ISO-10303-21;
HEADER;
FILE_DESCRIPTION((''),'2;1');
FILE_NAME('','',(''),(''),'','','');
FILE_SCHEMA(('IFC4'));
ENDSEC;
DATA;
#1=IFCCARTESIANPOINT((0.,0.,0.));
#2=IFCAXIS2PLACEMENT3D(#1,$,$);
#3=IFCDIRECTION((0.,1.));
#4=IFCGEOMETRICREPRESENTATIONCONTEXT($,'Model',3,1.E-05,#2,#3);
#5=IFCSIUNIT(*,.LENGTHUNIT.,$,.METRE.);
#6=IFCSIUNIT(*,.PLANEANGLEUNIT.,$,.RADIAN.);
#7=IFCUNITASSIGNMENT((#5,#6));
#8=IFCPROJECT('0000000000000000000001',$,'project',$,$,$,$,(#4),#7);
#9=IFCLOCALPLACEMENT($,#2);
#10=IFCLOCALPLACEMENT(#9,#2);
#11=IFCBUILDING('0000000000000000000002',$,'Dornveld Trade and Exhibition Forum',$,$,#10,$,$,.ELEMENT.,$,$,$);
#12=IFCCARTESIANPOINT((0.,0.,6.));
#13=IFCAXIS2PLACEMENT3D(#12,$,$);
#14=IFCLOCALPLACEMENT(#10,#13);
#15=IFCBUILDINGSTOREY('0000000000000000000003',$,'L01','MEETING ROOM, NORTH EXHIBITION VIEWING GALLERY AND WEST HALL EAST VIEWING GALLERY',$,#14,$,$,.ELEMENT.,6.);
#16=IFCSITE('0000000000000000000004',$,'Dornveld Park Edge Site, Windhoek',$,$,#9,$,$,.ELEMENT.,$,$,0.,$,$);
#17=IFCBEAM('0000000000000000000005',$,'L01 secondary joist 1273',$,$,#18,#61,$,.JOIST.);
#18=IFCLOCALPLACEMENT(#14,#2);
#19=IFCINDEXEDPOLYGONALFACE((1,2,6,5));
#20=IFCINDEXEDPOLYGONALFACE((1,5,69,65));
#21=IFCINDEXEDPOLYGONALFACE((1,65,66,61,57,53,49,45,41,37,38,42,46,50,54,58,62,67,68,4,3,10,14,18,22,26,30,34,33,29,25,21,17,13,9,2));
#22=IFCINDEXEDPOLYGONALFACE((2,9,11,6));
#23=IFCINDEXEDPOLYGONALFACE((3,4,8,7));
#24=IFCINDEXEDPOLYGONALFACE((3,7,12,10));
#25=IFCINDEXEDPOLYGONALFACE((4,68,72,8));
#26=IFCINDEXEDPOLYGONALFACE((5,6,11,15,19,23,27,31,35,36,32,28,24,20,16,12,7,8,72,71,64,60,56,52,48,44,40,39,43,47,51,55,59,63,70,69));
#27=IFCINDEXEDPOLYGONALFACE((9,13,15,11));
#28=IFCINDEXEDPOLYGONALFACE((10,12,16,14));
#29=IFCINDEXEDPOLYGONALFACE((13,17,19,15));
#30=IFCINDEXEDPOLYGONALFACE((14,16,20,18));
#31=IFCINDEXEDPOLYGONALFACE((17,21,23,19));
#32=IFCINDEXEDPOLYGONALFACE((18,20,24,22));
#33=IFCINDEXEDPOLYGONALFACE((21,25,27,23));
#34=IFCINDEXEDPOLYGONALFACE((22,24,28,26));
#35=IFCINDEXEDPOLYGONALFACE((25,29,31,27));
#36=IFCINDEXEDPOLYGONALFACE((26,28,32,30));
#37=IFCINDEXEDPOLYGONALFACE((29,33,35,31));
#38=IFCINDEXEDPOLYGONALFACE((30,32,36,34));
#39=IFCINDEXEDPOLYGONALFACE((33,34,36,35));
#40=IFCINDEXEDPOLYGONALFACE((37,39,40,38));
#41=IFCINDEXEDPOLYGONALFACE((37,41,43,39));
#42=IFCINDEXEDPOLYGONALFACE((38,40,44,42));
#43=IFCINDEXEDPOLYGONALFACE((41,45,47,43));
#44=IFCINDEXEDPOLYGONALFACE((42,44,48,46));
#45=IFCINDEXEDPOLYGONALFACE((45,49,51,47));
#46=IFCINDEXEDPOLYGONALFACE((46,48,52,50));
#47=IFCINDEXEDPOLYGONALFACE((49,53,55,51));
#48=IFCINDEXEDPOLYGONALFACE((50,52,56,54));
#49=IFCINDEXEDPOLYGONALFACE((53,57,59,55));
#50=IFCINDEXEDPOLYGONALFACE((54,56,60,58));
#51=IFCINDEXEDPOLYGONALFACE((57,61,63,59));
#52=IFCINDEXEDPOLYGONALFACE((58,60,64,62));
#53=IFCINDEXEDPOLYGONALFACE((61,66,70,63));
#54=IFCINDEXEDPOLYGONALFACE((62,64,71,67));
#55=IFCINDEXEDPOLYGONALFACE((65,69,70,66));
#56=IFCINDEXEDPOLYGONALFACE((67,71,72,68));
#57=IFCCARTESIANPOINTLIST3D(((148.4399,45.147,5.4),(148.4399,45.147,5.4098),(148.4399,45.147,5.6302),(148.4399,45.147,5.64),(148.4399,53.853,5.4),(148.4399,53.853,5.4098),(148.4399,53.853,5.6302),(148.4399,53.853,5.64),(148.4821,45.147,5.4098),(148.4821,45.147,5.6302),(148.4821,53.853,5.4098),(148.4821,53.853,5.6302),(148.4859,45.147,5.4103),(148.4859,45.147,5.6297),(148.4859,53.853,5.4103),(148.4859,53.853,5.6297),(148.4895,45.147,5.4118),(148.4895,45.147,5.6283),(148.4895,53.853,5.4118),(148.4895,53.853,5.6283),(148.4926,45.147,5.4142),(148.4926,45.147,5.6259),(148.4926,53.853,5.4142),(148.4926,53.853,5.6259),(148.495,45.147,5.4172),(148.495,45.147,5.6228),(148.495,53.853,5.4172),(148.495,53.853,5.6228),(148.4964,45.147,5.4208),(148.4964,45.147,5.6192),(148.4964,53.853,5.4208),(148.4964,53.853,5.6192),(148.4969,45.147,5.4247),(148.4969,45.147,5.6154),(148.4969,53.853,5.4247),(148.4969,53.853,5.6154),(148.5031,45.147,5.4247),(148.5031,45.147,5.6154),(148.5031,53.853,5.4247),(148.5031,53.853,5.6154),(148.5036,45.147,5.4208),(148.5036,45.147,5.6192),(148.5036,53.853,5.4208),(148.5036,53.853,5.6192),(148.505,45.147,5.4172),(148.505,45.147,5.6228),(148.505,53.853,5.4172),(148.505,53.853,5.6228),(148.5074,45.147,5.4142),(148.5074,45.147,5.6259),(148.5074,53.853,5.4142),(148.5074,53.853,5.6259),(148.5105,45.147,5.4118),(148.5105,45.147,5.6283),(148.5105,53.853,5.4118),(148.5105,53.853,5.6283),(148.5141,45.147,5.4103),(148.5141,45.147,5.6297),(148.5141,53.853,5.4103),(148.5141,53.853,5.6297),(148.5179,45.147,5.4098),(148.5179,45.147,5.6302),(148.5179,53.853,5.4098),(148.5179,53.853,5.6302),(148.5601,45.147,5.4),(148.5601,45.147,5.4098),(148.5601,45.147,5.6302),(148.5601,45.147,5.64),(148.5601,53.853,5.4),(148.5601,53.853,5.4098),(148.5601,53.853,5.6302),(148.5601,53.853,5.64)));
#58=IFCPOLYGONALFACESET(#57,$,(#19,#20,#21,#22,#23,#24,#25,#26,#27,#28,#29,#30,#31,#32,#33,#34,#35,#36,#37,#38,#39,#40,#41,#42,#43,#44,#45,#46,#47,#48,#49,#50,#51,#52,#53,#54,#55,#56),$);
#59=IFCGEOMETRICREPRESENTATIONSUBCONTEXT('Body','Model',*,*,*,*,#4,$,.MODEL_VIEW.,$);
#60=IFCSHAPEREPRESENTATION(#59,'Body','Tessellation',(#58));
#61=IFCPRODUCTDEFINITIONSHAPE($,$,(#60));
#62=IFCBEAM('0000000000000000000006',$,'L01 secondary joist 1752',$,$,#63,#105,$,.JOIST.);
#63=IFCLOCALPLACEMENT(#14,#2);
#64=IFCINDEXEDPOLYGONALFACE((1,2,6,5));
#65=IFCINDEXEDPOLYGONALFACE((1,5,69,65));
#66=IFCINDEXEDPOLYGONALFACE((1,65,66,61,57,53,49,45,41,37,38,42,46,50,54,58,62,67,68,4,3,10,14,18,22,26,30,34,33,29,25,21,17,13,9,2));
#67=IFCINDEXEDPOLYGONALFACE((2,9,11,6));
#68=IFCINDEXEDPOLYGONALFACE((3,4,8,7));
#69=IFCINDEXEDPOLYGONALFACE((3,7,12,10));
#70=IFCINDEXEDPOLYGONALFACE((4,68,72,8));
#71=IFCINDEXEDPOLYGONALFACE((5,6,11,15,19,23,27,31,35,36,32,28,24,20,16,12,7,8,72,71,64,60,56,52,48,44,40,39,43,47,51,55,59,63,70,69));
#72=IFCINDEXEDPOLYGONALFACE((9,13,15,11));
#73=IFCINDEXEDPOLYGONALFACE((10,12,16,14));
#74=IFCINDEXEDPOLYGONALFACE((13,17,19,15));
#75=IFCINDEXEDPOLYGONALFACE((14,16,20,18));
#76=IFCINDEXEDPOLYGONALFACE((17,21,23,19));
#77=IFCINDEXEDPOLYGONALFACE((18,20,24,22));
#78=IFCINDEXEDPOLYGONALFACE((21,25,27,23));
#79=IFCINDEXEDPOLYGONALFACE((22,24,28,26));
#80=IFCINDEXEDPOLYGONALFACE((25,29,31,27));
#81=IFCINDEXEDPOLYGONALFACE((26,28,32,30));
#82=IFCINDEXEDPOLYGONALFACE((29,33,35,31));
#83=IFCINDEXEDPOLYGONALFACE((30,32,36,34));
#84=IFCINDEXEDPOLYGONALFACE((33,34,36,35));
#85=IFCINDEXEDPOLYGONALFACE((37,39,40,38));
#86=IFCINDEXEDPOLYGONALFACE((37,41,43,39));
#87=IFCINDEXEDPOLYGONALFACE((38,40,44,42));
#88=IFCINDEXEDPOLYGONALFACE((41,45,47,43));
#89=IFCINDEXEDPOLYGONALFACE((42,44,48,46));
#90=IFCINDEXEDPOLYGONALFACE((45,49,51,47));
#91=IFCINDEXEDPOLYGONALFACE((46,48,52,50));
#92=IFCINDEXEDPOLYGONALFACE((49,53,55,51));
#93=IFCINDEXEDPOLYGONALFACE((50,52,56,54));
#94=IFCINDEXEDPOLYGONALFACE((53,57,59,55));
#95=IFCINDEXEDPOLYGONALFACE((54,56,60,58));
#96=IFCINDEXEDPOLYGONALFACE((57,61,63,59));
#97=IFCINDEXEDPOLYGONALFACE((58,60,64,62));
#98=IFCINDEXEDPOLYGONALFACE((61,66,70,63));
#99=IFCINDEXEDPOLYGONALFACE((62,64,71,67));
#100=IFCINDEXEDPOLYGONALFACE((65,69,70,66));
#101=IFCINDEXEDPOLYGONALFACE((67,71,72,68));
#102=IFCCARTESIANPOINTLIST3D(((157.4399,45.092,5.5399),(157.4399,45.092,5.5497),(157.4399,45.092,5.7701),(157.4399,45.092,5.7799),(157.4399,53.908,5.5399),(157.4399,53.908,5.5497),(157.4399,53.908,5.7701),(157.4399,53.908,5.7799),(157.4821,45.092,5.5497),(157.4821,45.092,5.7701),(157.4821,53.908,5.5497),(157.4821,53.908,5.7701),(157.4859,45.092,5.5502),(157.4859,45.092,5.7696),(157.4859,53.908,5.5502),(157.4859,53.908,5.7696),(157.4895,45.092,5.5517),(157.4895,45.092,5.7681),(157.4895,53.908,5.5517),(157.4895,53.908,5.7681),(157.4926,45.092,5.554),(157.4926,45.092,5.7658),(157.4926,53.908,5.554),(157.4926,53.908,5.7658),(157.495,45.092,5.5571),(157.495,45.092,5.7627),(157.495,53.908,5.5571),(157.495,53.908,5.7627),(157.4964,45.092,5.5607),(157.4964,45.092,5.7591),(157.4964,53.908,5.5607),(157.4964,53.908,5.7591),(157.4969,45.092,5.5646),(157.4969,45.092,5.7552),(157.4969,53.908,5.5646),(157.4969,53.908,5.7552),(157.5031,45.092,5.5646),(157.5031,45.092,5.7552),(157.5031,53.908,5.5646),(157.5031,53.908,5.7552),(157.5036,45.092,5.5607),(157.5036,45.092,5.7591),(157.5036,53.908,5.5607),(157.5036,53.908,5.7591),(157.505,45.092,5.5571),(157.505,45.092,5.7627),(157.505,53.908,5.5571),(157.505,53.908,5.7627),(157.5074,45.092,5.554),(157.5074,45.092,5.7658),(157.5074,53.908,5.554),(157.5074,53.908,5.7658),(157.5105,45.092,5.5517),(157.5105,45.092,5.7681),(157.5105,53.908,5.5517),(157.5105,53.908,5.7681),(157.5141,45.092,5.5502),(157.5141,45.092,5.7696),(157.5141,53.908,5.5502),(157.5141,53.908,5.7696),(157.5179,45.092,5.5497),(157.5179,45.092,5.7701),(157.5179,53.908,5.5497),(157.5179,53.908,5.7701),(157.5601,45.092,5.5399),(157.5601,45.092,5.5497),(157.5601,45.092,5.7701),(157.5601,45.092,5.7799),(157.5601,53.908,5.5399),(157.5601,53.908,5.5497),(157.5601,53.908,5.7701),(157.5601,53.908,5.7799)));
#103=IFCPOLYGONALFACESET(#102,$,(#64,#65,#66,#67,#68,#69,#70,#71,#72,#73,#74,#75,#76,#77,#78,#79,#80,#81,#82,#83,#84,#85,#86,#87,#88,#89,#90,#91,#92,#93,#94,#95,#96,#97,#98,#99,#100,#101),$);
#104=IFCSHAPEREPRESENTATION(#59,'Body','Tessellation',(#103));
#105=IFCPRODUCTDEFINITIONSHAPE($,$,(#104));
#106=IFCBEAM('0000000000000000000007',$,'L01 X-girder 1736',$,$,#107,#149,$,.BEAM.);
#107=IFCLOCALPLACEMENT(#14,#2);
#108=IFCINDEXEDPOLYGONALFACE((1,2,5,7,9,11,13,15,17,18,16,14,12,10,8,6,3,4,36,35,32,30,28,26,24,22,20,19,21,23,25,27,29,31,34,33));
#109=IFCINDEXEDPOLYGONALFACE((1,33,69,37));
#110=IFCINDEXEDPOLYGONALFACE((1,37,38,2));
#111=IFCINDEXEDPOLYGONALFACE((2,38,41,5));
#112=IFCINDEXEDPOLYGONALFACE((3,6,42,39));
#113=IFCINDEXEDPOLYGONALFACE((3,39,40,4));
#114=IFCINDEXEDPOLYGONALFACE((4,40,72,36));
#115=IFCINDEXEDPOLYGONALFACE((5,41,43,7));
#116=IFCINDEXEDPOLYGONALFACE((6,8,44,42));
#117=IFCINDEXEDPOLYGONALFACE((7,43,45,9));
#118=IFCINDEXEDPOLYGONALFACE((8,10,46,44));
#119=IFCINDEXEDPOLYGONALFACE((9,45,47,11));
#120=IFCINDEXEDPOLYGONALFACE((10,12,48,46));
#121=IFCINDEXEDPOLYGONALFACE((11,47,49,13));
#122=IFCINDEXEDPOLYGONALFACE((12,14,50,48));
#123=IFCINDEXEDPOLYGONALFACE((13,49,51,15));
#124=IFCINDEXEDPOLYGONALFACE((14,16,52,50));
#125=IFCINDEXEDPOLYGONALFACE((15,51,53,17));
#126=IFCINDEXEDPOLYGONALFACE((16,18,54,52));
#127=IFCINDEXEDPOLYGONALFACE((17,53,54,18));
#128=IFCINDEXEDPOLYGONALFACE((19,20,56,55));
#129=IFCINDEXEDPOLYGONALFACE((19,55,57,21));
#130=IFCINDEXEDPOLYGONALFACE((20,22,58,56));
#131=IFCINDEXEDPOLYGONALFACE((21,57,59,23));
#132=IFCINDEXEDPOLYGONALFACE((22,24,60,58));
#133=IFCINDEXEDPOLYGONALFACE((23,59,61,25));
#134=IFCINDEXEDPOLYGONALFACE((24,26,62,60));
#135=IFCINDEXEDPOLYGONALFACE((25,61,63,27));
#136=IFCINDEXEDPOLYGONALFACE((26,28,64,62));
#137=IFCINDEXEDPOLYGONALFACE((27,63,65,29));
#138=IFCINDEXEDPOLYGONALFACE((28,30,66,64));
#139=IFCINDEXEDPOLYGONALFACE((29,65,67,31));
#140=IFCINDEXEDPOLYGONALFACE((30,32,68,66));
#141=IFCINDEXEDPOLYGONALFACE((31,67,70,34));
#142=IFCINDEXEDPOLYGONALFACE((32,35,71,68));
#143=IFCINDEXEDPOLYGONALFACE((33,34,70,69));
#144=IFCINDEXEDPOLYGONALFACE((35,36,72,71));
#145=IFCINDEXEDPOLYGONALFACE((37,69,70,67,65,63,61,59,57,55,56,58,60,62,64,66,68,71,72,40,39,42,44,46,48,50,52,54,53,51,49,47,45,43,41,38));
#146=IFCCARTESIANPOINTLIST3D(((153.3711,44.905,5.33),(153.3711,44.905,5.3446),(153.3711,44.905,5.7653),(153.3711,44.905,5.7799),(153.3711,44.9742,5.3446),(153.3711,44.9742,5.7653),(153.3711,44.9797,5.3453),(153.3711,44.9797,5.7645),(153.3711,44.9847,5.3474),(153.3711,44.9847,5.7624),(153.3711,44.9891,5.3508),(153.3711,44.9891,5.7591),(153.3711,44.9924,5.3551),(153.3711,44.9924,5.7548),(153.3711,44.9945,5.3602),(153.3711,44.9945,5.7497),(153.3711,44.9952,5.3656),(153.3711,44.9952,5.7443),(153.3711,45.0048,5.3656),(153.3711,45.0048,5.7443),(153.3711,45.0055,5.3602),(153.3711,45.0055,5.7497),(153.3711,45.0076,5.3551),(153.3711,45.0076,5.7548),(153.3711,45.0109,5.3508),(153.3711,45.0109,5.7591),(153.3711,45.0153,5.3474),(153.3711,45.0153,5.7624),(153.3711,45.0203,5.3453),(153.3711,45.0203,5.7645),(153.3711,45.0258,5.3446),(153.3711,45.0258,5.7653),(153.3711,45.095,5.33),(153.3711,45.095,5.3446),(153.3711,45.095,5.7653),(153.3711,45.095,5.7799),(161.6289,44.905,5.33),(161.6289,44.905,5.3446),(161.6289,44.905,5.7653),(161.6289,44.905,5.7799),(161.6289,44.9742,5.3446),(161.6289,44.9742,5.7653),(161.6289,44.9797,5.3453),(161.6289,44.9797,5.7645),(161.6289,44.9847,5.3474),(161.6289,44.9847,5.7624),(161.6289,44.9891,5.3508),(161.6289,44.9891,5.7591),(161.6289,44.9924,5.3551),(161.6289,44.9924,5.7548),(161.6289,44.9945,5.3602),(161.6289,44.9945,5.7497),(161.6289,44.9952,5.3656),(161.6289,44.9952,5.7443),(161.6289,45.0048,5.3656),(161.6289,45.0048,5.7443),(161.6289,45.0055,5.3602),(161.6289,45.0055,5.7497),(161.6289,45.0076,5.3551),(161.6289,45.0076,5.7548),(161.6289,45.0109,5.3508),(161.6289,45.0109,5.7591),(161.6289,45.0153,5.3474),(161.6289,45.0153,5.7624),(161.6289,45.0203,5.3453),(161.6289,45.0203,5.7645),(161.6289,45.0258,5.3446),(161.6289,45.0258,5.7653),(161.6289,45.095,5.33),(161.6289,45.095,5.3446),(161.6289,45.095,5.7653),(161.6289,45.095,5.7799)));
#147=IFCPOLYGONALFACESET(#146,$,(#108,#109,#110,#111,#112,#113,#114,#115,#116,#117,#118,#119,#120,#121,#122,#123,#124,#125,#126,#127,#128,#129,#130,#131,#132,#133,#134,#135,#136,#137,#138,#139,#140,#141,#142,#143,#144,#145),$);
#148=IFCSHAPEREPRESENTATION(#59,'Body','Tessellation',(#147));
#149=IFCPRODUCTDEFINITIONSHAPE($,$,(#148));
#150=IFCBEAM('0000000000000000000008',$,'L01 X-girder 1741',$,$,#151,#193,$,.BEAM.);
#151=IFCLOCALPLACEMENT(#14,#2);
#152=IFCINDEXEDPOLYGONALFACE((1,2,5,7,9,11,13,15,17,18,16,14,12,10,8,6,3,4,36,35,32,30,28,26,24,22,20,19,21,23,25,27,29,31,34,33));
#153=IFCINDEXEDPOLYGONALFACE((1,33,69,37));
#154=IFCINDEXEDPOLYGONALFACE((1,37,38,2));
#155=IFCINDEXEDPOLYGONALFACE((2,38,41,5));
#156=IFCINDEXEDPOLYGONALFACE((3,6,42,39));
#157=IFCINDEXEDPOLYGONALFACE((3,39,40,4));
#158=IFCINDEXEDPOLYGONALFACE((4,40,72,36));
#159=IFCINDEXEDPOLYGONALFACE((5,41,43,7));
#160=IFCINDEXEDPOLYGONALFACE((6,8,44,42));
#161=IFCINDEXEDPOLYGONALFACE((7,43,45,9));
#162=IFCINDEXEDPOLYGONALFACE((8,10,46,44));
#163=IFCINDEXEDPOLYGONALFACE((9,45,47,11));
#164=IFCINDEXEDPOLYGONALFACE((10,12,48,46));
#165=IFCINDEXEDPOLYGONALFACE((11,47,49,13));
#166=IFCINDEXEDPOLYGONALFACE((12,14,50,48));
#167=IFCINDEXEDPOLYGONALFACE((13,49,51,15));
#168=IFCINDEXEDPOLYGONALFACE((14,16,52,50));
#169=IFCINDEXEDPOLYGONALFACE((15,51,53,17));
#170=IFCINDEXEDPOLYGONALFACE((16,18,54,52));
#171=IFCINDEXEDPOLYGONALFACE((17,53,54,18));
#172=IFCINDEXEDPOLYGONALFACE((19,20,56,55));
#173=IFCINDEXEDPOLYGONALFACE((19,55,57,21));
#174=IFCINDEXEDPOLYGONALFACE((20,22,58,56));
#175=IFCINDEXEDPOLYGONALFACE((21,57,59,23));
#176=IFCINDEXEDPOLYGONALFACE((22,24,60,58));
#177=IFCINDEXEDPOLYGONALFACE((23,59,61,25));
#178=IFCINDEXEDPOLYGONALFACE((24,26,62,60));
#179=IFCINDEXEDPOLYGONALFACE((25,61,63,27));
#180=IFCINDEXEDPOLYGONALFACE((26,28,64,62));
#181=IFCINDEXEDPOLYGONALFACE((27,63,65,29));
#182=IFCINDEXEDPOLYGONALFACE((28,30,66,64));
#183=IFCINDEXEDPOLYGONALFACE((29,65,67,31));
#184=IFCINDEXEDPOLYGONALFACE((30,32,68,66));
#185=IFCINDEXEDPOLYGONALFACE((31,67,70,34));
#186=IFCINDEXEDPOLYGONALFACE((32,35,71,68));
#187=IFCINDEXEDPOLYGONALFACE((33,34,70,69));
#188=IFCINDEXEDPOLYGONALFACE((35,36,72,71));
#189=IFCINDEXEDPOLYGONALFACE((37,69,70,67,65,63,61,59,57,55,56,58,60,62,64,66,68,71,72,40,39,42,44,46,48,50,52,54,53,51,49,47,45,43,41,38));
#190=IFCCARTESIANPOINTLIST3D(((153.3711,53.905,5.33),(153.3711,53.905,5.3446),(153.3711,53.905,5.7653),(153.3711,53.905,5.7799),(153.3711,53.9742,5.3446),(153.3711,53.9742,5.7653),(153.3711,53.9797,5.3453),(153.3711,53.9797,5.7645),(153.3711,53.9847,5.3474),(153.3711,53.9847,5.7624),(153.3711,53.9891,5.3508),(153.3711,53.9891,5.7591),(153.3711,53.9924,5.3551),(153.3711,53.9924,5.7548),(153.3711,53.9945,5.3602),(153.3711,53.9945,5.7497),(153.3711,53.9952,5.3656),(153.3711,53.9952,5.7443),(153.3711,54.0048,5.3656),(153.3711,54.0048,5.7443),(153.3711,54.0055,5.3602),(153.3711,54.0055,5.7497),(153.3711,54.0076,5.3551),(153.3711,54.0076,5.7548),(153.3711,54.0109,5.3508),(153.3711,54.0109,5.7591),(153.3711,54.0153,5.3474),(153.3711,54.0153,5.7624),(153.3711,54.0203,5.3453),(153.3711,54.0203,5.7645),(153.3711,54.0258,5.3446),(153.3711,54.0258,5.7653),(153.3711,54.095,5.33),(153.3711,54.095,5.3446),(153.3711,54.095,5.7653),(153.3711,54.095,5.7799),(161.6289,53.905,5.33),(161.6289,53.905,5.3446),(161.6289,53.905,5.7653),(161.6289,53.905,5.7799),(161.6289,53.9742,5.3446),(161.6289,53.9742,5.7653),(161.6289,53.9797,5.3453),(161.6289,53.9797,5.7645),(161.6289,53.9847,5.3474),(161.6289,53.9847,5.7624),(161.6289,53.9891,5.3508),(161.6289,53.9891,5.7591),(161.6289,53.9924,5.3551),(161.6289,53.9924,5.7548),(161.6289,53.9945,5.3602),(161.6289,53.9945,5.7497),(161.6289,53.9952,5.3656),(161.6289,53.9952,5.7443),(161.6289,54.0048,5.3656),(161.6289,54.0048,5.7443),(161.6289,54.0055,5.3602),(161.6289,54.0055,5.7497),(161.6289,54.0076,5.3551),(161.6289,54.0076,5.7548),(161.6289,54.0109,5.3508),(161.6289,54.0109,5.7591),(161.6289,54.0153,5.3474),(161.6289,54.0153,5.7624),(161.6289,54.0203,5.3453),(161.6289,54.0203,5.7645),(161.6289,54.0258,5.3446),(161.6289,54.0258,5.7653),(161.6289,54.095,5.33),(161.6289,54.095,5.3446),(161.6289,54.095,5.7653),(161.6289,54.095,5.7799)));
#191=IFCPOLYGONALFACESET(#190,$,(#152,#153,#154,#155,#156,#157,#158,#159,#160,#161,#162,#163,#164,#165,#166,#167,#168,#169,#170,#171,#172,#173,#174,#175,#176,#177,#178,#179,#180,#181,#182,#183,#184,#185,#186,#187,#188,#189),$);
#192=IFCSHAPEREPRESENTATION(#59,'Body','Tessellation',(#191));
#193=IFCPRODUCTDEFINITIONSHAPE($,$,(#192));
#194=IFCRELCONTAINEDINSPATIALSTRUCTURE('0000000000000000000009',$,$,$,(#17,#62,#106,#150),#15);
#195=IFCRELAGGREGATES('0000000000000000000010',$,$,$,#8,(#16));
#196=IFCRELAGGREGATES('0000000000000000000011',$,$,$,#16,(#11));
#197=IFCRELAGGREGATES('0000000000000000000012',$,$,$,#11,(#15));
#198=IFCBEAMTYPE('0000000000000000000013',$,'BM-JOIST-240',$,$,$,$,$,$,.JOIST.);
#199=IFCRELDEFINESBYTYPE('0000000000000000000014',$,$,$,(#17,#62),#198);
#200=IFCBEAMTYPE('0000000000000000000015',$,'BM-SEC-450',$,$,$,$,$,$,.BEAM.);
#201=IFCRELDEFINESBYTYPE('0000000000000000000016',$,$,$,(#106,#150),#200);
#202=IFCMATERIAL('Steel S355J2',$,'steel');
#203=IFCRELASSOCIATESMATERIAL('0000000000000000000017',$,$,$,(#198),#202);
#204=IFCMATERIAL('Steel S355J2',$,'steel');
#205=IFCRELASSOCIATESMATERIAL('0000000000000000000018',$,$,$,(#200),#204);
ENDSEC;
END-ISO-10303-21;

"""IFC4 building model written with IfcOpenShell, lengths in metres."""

from ifc_helpers import new_model, si_unit, direction, frame, origin, origin_2d, place, context, subcontext, project, spatial, i_section, extrude, material, material_profile, profile_set, type_object, element, save


model = new_model("IFC4")

# Units and contexts
model_context = context("Model", 3, precision=1e-05, world=origin(), true_north=direction((0.0, 1.0)))
body_context = subcontext(model_context, "Body", "Model", "MODEL_VIEW")
ifc_project = project(units=[si_unit("LENGTHUNIT", "METRE"), si_unit("PLANEANGLEUNIT", "RADIAN")], contexts=[model_context])

# Site, building, storey
site_placement = place(None, origin())
site = spatial("IfcSite", under=ifc_project, at=site_placement, Name="Dornveld Park Edge Site, Windhoek", CompositionType="ELEMENT", RefElevation=0.0)
building_placement = place(site_placement, origin())
building = spatial("IfcBuilding", under=site, at=building_placement, Name="Dornveld Trade and Exhibition Forum", CompositionType="ELEMENT")
storey_placement = place(building_placement, frame((0.0, 0.0, 6.0)))
storey = spatial("IfcBuildingStorey", under=building, at=storey_placement, Name="L01", Description="MEETING ROOM, NORTH EXHIBITION VIEWING GALLERY AND WEST HALL EAST VIEWING GALLERY", CompositionType="ELEMENT", Elevation=6.0)

# Beams
ifc_material_1 = material(Name="Steel S355J2", Category="steel")
ifc_material_profile_1 = material_profile(ifc_material_1, i_section(OverallWidth=0.1201, OverallDepth=0.24, WebThickness=0.0061, FlangeThickness=0.0098, FilletRadius=0.0149, at=origin_2d()), Name="IPE 240")
ifc_profile_set_1 = profile_set([ifc_material_profile_1], Name="Steel S355J2")
beam_type_1 = type_object("IfcBeamType", Name="BM-JOIST-240", PredefinedType="JOIST", material=ifc_profile_set_1)
for number, where, z_axis, x_axis, name in (
    (1, (148.5, 45.147, 5.52), (0.0, 1.0, 0.0), (-1.0, 0.0, 0.0), "L01 secondary joist 1273"),
):
    element("IfcBeam", number, at=place(storey_placement, frame(where, z_axis=z_axis, x_axis=x_axis)), inside=storey, type_object=beam_type_1, Name=name, PredefinedType="JOIST", context=body_context, shape_type="SweptSolid", body=[
        extrude(i_section(OverallWidth=0.1201, OverallDepth=0.24, WebThickness=0.0061, FlangeThickness=0.0098, FilletRadius=0.0149, at=origin_2d()), origin(), (0.0, 0.0, 1.0), 8.7061),
    ])
beam_placement = place(storey_placement, frame((157.5, 45.092, 5.6599), z_axis=(0.0, 1.0, 0.0), x_axis=(-1.0, 0.0, 0.0)))
element("IfcBeam", 2, at=beam_placement, inside=storey, type_object=beam_type_1, Name="L01 secondary joist 1752", PredefinedType="JOIST", context=body_context, shape_type="SweptSolid", body=[
    extrude(i_section(OverallWidth=0.1201, OverallDepth=0.24, WebThickness=0.0061, FlangeThickness=0.0098, FilletRadius=0.0149, at=origin_2d()), origin(), (0.0, 0.0, 1.0), 8.8159),
])
ifc_material_2 = material(Name="Steel S355J2", Category="steel")
ifc_material_profile_2 = material_profile(ifc_material_2, i_section(OverallWidth=0.1899, OverallDepth=0.45, WebThickness=0.0095, FlangeThickness=0.0146, FilletRadius=0.021, at=origin_2d()), Name="IPE 450")
ifc_profile_set_2 = profile_set([ifc_material_profile_2], Name="Steel S355J2")
beam_type_2 = type_object("IfcBeamType", Name="BM-SEC-450", PredefinedType="BEAM", material=ifc_profile_set_2)
for number, where, z_axis, x_axis, name in (
    (3, (153.3711, 45.0, 5.5549), (1.0, 0.0, 0.0), (0.0, 1.0, 0.0), "L01 X-girder 1736"),
    (4, (153.3711, 54.0, 5.5549), (1.0, 0.0, 0.0), (0.0, 1.0, 0.0), "L01 X-girder 1741"),
):
    element("IfcBeam", number, at=place(storey_placement, frame(where, z_axis=z_axis, x_axis=x_axis)), inside=storey, type_object=beam_type_2, Name=name, PredefinedType="BEAM", context=body_context, shape_type="SweptSolid", body=[
        extrude(i_section(OverallWidth=0.1899, OverallDepth=0.45, WebThickness=0.0095, FlangeThickness=0.0146, FilletRadius=0.021, at=origin_2d()), origin(), (0.0, 0.0, 1.0), 8.2578),
    ])

save(model, "model.ifc")
